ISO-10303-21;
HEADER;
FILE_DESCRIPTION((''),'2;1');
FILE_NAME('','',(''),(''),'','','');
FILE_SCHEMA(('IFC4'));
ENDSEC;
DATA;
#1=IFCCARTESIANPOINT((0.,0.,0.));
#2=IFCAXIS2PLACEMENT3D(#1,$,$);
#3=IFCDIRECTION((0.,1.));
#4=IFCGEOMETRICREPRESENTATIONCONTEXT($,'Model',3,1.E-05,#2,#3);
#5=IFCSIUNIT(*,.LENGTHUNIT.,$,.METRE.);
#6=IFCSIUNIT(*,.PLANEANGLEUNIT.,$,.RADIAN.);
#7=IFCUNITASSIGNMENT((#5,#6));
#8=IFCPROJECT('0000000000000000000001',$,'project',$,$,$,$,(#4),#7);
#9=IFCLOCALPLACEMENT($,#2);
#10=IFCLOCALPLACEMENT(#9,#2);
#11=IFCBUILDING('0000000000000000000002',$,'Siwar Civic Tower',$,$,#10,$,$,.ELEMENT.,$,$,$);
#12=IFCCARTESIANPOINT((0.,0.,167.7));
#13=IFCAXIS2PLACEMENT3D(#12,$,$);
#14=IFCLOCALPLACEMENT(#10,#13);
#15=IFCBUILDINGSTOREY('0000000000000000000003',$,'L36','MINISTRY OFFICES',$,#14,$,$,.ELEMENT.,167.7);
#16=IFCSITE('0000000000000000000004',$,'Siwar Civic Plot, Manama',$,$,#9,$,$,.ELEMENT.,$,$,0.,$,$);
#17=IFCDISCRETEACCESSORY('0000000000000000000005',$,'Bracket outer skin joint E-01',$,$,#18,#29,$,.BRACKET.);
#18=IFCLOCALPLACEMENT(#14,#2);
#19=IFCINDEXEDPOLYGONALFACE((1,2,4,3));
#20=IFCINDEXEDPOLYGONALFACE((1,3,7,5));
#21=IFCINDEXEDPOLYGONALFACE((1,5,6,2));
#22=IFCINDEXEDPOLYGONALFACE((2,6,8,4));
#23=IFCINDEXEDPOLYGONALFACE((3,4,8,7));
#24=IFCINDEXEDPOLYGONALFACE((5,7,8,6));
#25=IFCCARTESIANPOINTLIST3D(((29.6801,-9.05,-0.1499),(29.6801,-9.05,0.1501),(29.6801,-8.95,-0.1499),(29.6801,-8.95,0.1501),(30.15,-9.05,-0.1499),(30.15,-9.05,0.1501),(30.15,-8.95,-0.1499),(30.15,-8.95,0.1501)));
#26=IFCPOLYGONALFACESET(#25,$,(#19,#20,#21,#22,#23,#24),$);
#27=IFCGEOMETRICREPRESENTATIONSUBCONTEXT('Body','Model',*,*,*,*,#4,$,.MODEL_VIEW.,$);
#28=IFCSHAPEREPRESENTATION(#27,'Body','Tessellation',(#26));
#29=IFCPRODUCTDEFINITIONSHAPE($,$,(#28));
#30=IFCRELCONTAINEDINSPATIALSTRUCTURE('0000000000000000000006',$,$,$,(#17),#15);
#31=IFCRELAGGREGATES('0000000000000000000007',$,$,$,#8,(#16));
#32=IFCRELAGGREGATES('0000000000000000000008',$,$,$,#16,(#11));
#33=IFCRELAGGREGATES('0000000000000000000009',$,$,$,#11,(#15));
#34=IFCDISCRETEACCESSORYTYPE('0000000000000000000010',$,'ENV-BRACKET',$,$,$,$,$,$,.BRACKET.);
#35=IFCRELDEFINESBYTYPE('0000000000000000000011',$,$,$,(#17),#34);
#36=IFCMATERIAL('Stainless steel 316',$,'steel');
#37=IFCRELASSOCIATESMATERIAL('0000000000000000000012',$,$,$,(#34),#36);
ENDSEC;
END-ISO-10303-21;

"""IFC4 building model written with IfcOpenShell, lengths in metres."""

from ifc_helpers import new_model, si_unit, direction, frame, origin, origin_2d, place, context, subcontext, project, spatial, rectangle, extrude, material, type_object, element, save


model = new_model("IFC4")

# Units and contexts
model_context = context("Model", 3, precision=1e-05, world=origin(), true_north=direction((0.0, 1.0)))
body_context = subcontext(model_context, "Body", "Model", "MODEL_VIEW")
ifc_project = project(units=[si_unit("LENGTHUNIT", "METRE"), si_unit("PLANEANGLEUNIT", "RADIAN")], contexts=[model_context])

# Site, building, storey
site_placement = place(None, origin())
site = spatial("IfcSite", under=ifc_project, at=site_placement, Name="Siwar Civic Plot, Manama", CompositionType="ELEMENT", RefElevation=0.0)
building_placement = place(site_placement, origin())
building = spatial("IfcBuilding", under=site, at=building_placement, Name="Siwar Civic Tower", CompositionType="ELEMENT")
storey_placement = place(building_placement, frame((0.0, 0.0, 167.7)))
storey = spatial("IfcBuildingStorey", under=building, at=storey_placement, Name="L36", Description="MINISTRY OFFICES", CompositionType="ELEMENT", Elevation=167.7)

# Discrete accessory
ifc_material_1 = material(Name="Stainless steel 316", Category="steel")
discrete_accessory_type = type_object("IfcDiscreteAccessoryType", Name="ENV-BRACKET", PredefinedType="BRACKET", material=ifc_material_1)
discrete_accessory_placement = place(storey_placement, frame((29.915, -9.0, -0.1499), z_axis=(0.0, 0.0, 1.0), x_axis=(1.0, 0.0, 0.0)))
element("IfcDiscreteAccessory", 1, at=discrete_accessory_placement, inside=storey, type_object=discrete_accessory_type, Name="Bracket outer skin joint E-01", PredefinedType="BRACKET", context=body_context, shape_type="SweptSolid", body=[
    extrude(rectangle(XDim=0.47, YDim=0.1001, at=origin_2d()), origin(), (0.0, 0.0, 1.0), 0.3),
])

save(model, "model.ifc")
